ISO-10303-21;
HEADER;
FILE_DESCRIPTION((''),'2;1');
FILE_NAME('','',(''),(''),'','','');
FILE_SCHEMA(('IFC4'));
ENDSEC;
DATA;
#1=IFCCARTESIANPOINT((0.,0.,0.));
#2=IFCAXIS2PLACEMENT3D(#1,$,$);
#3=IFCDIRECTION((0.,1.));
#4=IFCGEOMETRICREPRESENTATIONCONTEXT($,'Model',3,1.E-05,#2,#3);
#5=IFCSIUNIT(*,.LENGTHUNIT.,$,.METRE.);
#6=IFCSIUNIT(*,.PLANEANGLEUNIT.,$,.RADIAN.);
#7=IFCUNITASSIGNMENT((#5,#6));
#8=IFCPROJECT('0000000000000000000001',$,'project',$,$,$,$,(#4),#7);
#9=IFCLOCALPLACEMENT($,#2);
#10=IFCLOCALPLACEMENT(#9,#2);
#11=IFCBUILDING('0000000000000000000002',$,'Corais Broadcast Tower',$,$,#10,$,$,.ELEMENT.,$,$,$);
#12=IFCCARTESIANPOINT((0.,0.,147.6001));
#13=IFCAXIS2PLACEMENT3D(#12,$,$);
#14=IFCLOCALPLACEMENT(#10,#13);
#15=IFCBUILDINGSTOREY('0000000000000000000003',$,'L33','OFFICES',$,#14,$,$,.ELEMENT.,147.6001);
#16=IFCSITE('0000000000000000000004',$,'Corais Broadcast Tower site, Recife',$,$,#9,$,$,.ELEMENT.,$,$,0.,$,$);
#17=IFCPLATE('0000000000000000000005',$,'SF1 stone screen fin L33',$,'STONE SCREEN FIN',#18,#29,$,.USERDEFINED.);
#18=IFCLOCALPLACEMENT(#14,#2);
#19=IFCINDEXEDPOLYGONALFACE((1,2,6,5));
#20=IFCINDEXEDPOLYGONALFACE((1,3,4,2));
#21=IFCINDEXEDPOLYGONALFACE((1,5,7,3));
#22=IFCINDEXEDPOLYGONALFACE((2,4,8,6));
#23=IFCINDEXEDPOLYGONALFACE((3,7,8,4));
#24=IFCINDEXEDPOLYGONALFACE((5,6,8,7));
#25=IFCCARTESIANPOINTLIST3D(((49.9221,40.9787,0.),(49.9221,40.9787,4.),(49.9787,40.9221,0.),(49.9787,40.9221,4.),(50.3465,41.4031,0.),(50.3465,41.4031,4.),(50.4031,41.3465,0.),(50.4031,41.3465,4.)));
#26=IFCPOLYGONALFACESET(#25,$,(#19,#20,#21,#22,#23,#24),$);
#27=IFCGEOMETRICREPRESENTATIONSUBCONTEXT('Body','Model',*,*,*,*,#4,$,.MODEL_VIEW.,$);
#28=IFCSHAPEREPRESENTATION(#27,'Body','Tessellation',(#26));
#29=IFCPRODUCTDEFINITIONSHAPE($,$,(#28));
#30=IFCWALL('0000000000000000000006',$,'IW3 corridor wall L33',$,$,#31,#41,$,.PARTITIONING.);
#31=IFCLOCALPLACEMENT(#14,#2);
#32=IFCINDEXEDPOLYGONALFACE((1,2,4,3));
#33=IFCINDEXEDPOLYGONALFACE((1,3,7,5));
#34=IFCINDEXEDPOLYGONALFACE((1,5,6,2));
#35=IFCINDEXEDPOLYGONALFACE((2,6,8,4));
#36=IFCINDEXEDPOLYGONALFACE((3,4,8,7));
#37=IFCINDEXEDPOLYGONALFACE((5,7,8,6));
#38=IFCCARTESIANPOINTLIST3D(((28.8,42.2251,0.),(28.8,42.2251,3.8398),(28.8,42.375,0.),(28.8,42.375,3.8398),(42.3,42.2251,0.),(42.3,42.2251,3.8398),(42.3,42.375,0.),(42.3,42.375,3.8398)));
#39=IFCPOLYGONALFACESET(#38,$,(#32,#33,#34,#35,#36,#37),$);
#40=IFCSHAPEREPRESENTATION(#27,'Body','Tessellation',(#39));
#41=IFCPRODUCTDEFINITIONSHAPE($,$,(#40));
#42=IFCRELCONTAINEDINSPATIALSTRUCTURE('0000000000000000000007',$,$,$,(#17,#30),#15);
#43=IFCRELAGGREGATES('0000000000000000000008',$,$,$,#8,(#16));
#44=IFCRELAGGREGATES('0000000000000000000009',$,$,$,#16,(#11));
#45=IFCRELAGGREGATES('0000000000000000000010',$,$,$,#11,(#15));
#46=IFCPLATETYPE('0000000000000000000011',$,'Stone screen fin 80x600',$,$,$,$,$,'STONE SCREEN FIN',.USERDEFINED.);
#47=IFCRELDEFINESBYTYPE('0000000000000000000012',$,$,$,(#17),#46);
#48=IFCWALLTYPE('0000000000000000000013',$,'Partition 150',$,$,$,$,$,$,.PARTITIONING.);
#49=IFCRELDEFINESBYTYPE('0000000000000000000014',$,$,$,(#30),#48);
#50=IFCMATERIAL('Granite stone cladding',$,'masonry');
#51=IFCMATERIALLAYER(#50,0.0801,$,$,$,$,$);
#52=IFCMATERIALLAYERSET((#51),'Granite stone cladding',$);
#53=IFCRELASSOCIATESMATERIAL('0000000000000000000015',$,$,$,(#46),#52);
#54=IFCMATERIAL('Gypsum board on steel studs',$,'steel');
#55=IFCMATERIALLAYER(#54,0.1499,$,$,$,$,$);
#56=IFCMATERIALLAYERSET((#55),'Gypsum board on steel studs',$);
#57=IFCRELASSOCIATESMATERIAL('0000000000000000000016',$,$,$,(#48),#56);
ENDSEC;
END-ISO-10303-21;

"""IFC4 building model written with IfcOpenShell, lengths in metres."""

from ifc_helpers import new_model, si_unit, direction, frame, frame_2d, origin, origin_2d, place, context, subcontext, project, spatial, rectangle, extrude, material, layer, layer_set, type_object, element, save


model = new_model("IFC4")

# Units and contexts
model_context = context("Model", 3, precision=1e-05, world=origin(), true_north=direction((0.0, 1.0)))
body_context = subcontext(model_context, "Body", "Model", "MODEL_VIEW")
ifc_project = project(units=[si_unit("LENGTHUNIT", "METRE"), si_unit("PLANEANGLEUNIT", "RADIAN")], contexts=[model_context])

# Site, building, storey
site_placement = place(None, origin())
site = spatial("IfcSite", under=ifc_project, at=site_placement, Name="Corais Broadcast Tower site, Recife", CompositionType="ELEMENT", RefElevation=0.0)
building_placement = place(site_placement, origin())
building = spatial("IfcBuilding", under=site, at=building_placement, Name="Corais Broadcast Tower", CompositionType="ELEMENT")
storey_placement = place(building_placement, frame((0.0, 0.0, 147.6001)))
storey = spatial("IfcBuildingStorey", under=building, at=storey_placement, Name="L33", Description="OFFICES", CompositionType="ELEMENT", Elevation=147.6001)

# Plate
ifc_material_1 = material(Name="Granite stone cladding", Category="masonry")
ifc_layer_1 = layer(ifc_material_1, 0.0801)
ifc_layer_set_1 = layer_set([ifc_layer_1], Name="Granite stone cladding")
plate_type_1 = type_object("IfcPlateType", Name="Stone screen fin 80x600", ElementType="STONE SCREEN FIN", PredefinedType="USERDEFINED", material=ifc_layer_set_1)
for number, where, z_axis, x_axis, name in (
    (1, (50.1626, 41.1626, 0.0), (0.0, 0.0, 1.0), (0.707107, -0.707107, 0.0), "SF1 stone screen fin L33"),
):
    element("IfcPlate", number, at=place(storey_placement, frame(where, z_axis=z_axis, x_axis=x_axis)), inside=storey, type_object=plate_type_1, Name=name, ObjectType="STONE SCREEN FIN", PredefinedType="USERDEFINED", context=body_context, shape_type="SweptSolid", body=[
        extrude(rectangle(XDim=0.0801, YDim=0.6001, at=origin_2d()), origin(), (0.0, 0.0, 1.0), 4.0),
    ])

# Wall
ifc_material_2 = material(Name="Gypsum board on steel studs", Category="steel")
ifc_layer_2 = layer(ifc_material_2, 0.1499)
ifc_layer_set_2 = layer_set([ifc_layer_2], Name="Gypsum board on steel studs")
wall_type = type_object("IfcWallType", Name="Partition 150", PredefinedType="PARTITIONING", material=ifc_layer_set_2)
wall_placement = place(storey_placement, frame((42.3, 42.3, 0.0), z_axis=(0.0, 0.0, 1.0), x_axis=(-1.0, 0.0, 0.0)))
element("IfcWall", 2, at=wall_placement, inside=storey, type_object=wall_type, Name="IW3 corridor wall L33", PredefinedType="PARTITIONING", context=body_context, shape_type="SweptSolid", body=[
    extrude(rectangle(XDim=13.5, YDim=0.1499, at=frame_2d((6.75, 0.0))), origin(), (0.0, 0.0, 1.0), 3.8398),
])

save(model, "model.ifc")
